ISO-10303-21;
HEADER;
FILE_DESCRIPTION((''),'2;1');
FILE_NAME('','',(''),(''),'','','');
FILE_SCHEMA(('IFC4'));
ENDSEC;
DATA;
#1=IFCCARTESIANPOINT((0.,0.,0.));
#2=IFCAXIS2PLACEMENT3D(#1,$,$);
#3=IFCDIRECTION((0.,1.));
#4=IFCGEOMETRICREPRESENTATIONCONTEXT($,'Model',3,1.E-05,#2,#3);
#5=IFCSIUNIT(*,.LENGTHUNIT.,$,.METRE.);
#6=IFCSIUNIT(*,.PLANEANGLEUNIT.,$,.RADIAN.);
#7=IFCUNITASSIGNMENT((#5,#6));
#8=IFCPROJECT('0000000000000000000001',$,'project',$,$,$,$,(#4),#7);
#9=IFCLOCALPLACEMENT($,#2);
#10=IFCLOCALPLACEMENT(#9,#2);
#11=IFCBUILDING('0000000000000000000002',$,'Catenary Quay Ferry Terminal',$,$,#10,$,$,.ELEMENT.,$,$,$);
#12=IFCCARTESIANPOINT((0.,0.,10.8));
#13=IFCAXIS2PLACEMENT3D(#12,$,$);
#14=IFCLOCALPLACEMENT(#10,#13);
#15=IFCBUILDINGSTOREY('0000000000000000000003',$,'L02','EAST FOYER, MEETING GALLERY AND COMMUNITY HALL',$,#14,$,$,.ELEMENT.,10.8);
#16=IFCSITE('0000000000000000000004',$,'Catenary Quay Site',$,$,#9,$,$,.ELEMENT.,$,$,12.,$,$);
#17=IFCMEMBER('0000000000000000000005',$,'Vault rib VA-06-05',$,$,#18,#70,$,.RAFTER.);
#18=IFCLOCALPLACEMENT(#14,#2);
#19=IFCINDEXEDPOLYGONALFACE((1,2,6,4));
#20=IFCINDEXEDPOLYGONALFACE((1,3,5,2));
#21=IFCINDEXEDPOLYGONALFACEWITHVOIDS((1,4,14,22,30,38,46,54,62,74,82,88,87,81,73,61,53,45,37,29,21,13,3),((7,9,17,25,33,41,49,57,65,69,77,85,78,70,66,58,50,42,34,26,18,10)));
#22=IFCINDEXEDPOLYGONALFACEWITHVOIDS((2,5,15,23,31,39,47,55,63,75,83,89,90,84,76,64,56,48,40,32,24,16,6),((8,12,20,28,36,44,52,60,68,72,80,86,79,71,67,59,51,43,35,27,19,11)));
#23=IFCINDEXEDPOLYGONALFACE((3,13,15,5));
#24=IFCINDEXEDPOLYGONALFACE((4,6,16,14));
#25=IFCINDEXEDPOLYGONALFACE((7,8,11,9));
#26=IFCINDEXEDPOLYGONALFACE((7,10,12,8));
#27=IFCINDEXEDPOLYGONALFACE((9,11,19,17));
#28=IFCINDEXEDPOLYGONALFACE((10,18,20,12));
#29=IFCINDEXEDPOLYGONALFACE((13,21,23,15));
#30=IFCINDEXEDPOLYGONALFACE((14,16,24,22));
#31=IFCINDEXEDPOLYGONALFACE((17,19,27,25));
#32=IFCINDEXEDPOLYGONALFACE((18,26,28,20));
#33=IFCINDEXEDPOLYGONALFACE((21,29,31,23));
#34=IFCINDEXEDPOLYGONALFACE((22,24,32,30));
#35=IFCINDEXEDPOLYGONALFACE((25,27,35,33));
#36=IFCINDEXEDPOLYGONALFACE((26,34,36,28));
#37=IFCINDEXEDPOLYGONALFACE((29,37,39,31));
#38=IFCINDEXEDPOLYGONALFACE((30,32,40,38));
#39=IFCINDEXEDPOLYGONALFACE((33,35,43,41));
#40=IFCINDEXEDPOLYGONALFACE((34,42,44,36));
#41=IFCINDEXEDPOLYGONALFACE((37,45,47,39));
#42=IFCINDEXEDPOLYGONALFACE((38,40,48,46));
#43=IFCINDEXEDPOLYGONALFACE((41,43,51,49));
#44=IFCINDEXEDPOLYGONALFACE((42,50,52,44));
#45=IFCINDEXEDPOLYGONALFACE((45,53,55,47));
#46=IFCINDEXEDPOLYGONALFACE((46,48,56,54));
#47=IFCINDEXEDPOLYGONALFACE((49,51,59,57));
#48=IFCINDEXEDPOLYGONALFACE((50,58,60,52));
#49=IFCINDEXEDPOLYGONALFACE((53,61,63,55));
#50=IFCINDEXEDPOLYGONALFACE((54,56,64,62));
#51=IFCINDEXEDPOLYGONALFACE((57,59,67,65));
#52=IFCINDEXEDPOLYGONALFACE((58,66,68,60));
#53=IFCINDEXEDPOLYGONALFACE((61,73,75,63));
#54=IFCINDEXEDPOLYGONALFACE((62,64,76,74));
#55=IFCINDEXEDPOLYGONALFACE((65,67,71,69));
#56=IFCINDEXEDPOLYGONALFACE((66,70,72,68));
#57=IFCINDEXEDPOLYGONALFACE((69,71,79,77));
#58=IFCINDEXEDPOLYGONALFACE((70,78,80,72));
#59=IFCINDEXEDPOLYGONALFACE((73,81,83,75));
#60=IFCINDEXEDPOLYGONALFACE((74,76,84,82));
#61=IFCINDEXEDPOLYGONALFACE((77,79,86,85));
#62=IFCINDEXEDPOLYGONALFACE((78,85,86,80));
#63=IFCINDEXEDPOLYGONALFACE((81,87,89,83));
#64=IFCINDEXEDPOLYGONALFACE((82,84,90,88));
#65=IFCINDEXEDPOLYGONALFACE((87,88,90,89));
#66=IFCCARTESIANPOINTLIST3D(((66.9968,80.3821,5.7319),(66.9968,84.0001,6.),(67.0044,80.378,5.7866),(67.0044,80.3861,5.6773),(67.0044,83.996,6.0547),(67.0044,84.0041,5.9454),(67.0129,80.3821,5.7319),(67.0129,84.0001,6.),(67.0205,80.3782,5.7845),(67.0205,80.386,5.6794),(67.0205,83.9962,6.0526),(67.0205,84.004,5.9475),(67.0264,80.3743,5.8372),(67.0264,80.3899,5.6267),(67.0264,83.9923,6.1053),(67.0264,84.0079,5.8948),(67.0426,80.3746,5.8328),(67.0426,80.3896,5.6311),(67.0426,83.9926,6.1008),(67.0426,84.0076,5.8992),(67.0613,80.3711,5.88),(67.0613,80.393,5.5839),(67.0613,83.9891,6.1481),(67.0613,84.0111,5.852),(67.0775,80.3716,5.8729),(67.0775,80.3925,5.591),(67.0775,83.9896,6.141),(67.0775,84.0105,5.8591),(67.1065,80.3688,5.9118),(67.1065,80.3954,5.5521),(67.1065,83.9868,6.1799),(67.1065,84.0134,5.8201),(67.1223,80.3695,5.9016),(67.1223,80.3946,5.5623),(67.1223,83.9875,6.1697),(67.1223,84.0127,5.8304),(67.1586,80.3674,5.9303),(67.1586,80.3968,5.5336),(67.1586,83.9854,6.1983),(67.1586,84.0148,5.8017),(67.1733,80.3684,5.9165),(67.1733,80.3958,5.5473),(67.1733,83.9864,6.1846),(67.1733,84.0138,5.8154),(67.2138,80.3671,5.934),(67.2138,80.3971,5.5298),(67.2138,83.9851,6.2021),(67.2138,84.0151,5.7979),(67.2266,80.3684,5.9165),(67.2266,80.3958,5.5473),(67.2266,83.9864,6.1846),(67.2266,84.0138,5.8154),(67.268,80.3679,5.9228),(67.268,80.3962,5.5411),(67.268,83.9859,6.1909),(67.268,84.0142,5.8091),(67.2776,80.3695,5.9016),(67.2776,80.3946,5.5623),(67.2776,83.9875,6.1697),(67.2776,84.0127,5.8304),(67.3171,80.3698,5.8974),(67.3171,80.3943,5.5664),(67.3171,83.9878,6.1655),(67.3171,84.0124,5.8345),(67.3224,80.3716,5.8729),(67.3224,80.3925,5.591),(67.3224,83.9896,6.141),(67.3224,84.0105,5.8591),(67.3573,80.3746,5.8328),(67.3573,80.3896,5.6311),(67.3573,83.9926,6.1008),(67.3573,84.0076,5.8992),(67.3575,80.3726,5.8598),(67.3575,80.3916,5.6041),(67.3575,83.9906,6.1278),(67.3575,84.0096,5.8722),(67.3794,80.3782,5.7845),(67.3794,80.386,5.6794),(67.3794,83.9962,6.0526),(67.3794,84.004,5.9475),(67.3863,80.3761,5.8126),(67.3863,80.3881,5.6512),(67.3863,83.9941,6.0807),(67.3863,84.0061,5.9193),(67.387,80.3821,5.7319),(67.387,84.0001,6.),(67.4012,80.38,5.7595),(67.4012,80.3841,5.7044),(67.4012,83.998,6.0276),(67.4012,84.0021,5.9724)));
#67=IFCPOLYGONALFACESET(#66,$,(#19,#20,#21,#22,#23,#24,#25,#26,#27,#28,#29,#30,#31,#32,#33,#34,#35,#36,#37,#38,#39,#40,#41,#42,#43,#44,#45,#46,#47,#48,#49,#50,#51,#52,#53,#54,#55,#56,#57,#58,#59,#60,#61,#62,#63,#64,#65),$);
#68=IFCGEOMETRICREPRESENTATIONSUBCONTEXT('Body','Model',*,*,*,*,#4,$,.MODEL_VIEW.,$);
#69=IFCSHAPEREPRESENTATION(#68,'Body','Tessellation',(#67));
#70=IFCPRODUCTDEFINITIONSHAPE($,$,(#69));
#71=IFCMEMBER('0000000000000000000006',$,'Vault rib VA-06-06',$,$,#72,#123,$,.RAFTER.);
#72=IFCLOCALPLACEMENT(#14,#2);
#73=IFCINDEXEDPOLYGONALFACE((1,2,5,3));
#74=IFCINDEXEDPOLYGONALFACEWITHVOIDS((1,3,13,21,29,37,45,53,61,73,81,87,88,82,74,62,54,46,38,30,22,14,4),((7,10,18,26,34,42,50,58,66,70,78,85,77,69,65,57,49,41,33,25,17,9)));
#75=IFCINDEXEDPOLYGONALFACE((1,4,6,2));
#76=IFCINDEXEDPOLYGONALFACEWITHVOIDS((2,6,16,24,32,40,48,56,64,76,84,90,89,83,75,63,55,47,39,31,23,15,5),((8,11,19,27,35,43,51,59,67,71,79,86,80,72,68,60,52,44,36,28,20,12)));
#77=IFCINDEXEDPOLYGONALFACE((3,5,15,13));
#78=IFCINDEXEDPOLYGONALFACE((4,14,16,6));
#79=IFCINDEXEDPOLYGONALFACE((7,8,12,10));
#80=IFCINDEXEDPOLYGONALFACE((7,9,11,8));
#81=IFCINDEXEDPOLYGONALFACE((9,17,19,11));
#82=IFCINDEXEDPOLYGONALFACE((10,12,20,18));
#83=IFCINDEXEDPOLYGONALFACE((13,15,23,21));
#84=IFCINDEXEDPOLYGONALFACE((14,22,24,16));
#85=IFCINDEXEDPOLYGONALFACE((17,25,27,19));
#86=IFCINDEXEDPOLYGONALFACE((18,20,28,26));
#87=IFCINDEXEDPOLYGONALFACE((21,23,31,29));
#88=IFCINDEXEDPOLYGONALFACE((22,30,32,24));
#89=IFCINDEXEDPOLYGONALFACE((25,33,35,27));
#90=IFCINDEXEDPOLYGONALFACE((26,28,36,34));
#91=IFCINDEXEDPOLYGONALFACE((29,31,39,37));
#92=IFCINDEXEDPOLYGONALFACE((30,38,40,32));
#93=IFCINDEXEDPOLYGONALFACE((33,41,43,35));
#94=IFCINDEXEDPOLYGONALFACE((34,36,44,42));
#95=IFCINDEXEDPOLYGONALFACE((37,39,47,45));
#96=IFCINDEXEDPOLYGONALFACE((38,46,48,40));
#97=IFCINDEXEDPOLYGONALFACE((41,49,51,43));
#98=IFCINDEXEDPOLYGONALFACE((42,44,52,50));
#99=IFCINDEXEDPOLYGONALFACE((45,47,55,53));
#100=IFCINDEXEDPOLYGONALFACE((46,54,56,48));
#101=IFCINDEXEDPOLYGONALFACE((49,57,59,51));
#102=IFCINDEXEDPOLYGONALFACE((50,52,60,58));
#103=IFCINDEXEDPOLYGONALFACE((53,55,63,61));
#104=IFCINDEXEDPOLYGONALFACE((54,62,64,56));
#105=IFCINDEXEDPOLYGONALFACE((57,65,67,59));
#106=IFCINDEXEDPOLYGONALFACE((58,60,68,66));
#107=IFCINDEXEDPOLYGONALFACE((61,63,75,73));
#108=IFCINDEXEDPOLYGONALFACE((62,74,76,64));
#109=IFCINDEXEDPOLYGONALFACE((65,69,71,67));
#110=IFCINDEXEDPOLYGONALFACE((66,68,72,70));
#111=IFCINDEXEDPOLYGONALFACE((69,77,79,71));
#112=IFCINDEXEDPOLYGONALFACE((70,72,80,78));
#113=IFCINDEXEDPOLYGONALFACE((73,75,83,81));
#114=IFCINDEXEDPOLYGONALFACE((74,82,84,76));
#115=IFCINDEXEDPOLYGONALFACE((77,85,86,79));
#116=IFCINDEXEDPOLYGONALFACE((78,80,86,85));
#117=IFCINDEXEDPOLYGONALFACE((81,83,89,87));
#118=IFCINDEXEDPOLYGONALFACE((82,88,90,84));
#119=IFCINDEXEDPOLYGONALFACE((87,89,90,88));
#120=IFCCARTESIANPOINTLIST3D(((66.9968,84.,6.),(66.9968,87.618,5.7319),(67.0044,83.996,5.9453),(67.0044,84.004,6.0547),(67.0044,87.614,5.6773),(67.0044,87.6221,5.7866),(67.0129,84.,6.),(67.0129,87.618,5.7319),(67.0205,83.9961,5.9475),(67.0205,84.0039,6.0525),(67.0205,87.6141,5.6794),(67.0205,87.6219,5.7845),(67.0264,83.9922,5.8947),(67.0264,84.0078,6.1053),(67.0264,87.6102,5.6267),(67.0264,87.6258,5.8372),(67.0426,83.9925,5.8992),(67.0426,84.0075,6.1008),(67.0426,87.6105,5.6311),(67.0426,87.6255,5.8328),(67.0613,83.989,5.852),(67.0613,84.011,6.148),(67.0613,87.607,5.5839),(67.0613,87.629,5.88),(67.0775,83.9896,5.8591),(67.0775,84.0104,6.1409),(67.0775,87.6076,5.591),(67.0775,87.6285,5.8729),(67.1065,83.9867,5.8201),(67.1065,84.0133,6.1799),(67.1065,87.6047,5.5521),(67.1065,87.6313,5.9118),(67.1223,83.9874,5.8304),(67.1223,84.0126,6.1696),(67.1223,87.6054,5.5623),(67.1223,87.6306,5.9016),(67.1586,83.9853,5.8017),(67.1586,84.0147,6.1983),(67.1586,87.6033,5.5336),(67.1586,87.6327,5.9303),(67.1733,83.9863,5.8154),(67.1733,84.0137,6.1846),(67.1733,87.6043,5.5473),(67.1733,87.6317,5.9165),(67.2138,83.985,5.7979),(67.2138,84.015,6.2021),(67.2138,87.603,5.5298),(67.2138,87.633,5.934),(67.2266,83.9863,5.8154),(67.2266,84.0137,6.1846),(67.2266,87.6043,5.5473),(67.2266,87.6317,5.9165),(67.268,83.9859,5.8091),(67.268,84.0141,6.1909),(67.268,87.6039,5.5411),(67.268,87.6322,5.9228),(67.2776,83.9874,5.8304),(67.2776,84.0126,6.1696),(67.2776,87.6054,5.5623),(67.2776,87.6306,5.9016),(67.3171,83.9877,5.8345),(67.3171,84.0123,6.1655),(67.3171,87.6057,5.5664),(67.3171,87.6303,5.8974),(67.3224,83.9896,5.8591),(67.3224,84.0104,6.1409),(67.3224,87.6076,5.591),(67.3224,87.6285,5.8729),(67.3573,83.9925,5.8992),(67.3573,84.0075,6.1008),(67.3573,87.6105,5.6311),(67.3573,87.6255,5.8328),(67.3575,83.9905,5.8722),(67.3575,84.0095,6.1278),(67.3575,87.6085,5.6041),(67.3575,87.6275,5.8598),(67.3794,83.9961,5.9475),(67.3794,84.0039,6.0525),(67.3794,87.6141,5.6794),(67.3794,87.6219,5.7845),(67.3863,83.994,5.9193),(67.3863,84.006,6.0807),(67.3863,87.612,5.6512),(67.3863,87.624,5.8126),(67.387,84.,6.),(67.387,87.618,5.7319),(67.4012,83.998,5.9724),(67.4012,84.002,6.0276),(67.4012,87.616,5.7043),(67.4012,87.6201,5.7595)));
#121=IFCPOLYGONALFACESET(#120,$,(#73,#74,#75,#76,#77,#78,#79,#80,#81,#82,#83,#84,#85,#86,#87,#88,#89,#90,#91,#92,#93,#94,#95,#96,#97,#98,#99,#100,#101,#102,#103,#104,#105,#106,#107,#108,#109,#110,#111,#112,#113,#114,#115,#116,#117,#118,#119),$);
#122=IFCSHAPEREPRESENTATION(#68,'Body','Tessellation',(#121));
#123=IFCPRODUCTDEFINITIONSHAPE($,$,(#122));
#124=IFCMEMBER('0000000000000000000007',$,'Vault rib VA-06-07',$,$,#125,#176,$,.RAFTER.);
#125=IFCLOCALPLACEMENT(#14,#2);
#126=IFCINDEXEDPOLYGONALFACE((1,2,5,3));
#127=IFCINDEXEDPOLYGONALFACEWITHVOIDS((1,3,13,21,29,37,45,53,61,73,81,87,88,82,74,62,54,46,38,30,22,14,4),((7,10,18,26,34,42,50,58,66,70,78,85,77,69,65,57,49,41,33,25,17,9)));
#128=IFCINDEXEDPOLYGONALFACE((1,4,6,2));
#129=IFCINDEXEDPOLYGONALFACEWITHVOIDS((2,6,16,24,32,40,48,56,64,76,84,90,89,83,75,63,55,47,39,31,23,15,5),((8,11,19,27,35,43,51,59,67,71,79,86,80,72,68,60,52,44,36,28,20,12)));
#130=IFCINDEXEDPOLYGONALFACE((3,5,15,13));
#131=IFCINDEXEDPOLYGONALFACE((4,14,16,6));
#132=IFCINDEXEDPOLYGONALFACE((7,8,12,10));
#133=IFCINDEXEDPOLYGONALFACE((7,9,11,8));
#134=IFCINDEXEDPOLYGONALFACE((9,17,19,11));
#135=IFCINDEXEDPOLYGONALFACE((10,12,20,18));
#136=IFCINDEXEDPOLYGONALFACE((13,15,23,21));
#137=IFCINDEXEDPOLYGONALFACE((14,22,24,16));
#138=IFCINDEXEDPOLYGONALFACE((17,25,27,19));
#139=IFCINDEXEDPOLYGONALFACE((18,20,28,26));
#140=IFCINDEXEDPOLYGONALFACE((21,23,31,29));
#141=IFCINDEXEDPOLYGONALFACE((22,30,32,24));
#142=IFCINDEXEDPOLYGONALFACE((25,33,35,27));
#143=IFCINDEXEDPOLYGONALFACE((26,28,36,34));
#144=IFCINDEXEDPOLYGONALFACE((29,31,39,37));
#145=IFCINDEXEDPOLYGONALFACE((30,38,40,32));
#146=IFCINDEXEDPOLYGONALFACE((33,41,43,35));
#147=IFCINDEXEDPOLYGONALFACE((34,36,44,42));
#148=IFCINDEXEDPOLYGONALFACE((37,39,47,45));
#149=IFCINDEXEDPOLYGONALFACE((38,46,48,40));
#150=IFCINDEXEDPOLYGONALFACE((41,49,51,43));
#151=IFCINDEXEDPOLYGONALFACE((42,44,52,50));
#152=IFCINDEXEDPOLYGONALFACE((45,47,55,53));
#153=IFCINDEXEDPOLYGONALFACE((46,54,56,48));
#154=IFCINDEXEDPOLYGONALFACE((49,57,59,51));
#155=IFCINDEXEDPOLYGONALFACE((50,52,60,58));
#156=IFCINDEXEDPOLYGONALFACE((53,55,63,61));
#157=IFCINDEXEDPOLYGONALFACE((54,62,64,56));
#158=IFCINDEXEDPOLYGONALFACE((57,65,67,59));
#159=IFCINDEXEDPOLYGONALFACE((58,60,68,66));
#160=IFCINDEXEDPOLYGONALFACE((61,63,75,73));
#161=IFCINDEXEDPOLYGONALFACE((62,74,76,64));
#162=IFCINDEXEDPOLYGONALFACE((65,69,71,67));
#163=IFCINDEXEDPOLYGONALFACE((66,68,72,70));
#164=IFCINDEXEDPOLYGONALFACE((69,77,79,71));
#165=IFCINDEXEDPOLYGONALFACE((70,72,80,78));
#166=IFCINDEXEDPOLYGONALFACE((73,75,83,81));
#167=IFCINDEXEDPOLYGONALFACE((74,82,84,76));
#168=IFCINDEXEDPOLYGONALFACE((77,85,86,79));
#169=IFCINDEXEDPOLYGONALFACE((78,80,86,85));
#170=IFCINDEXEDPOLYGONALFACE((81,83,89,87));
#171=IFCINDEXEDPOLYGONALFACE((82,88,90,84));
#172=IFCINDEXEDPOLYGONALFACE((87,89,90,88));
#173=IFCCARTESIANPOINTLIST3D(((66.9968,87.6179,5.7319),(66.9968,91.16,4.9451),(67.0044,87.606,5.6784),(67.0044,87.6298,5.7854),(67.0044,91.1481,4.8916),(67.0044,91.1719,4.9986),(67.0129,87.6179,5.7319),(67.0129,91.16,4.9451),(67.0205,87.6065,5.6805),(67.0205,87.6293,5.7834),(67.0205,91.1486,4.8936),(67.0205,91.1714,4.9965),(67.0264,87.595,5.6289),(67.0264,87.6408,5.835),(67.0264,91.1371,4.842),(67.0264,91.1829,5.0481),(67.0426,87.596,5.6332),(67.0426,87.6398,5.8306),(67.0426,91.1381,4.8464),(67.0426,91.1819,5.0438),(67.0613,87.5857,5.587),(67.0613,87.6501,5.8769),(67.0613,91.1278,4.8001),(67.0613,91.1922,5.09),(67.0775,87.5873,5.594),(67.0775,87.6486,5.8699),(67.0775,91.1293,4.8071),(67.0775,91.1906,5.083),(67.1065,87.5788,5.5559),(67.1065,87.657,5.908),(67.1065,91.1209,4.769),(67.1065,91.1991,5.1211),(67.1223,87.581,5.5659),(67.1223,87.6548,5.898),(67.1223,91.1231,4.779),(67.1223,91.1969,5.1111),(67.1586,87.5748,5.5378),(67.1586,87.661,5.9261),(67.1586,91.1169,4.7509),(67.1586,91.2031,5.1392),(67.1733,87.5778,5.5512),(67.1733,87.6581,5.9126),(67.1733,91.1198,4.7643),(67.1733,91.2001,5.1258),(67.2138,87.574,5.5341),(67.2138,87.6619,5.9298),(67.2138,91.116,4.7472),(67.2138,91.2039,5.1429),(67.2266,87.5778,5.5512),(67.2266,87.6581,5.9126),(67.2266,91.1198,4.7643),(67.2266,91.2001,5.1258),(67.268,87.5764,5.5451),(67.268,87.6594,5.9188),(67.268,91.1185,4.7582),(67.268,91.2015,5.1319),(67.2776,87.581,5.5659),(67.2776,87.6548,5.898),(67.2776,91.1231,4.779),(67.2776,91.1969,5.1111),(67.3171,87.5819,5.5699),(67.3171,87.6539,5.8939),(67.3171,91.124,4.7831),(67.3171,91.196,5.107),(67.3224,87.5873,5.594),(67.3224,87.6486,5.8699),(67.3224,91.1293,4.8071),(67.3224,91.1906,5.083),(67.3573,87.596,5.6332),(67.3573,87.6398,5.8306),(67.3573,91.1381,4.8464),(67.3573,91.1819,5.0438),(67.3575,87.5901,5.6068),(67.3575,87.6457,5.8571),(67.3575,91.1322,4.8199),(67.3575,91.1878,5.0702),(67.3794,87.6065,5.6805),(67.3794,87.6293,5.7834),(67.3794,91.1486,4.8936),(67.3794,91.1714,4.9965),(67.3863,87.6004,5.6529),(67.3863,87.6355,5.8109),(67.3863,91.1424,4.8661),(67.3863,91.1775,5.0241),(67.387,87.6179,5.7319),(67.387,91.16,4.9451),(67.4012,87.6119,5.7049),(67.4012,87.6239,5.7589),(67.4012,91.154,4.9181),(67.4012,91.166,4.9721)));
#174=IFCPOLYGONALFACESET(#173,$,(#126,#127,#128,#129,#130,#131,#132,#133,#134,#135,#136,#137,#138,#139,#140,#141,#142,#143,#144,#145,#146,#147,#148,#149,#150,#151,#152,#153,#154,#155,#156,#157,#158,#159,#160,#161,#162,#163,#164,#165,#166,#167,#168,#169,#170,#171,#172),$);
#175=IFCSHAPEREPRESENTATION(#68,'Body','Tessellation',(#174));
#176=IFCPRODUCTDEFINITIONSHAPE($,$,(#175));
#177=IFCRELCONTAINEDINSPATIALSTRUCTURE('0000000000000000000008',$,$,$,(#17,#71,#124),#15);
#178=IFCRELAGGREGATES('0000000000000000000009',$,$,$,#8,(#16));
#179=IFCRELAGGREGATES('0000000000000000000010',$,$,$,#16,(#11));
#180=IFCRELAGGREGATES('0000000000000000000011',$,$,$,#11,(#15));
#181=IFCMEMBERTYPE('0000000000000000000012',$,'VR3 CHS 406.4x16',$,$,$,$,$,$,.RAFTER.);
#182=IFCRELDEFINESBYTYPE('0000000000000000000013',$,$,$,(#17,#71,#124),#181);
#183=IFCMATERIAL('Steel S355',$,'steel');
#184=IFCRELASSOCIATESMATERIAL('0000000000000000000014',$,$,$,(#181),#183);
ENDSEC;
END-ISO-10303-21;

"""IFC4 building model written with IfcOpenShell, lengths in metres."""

from ifc_helpers import new_model, si_unit, direction, frame, origin, origin_2d, place, context, subcontext, project, spatial, hollow_circle, extrude, material, material_profile, profile_set, type_object, element, save


model = new_model("IFC4")

# Units and contexts
model_context = context("Model", 3, precision=1e-05, world=origin(), true_north=direction((0.0, 1.0)))
body_context = subcontext(model_context, "Body", "Model", "MODEL_VIEW")
ifc_project = project(units=[si_unit("LENGTHUNIT", "METRE"), si_unit("PLANEANGLEUNIT", "RADIAN")], contexts=[model_context])

# Site, building, storey
site_placement = place(None, origin())
site = spatial("IfcSite", under=ifc_project, at=site_placement, Name="Catenary Quay Site", CompositionType="ELEMENT", RefElevation=12.0)
building_placement = place(site_placement, origin())
building = spatial("IfcBuilding", under=site, at=building_placement, Name="Catenary Quay Ferry Terminal", CompositionType="ELEMENT")
storey_placement = place(building_placement, frame((0.0, 0.0, 10.8)))
storey = spatial("IfcBuildingStorey", under=building, at=storey_placement, Name="L02", Description="EAST FOYER, MEETING GALLERY AND COMMUNITY HALL", CompositionType="ELEMENT", Elevation=10.8)

# Members
ifc_material_1 = material(Name="Steel S355", Category="steel")
ifc_material_profile_1 = material_profile(ifc_material_1, hollow_circle(Radius=0.2031, WallThickness=0.0161, at=origin_2d()), Name="CHS 406.4x16")
ifc_profile_set_1 = profile_set([ifc_material_profile_1], Name="Steel S355")
member_type_1 = type_object("IfcMemberType", Name="VR3 CHS 406.4x16", PredefinedType="RAFTER", material=ifc_profile_set_1)
for number, where, z_axis, x_axis, name in (
    (1, (67.2, 80.3821, 5.7319), (0.0, 0.997266, 0.073892), (-1.0, 0.0, 0.0), "Vault rib VA-06-05"),
    (2, (67.2, 84.0, 6.0), (0.0, 0.997266, -0.073892), (-1.0, 0.0, 0.0), "Vault rib VA-06-06"),
):
    element("IfcMember", number, at=place(storey_placement, frame(where, z_axis=z_axis, x_axis=x_axis)), inside=storey, type_object=member_type_1, Name=name, PredefinedType="RAFTER", context=body_context, shape_type="SweptSolid", body=[
        extrude(hollow_circle(Radius=0.2031, WallThickness=0.0161, at=origin_2d()), origin(), (0.0, 0.0, 1.0), 3.6279),
    ])
for number, where, z_axis, x_axis, name in (
    (3, (67.2, 87.6179, 5.7319), (0.0, 0.976201, -0.216866), (-1.0, 0.0, 0.0), "Vault rib VA-06-07"),
):
    element("IfcMember", number, at=place(storey_placement, frame(where, z_axis=z_axis, x_axis=x_axis)), inside=storey, type_object=member_type_1, Name=name, PredefinedType="RAFTER", context=body_context, shape_type="SweptSolid", body=[
        extrude(hollow_circle(Radius=0.2031, WallThickness=0.0161, at=origin_2d()), origin(), (0.0, 0.0, 1.0), 3.6284),
    ])

save(model, "model.ifc")
